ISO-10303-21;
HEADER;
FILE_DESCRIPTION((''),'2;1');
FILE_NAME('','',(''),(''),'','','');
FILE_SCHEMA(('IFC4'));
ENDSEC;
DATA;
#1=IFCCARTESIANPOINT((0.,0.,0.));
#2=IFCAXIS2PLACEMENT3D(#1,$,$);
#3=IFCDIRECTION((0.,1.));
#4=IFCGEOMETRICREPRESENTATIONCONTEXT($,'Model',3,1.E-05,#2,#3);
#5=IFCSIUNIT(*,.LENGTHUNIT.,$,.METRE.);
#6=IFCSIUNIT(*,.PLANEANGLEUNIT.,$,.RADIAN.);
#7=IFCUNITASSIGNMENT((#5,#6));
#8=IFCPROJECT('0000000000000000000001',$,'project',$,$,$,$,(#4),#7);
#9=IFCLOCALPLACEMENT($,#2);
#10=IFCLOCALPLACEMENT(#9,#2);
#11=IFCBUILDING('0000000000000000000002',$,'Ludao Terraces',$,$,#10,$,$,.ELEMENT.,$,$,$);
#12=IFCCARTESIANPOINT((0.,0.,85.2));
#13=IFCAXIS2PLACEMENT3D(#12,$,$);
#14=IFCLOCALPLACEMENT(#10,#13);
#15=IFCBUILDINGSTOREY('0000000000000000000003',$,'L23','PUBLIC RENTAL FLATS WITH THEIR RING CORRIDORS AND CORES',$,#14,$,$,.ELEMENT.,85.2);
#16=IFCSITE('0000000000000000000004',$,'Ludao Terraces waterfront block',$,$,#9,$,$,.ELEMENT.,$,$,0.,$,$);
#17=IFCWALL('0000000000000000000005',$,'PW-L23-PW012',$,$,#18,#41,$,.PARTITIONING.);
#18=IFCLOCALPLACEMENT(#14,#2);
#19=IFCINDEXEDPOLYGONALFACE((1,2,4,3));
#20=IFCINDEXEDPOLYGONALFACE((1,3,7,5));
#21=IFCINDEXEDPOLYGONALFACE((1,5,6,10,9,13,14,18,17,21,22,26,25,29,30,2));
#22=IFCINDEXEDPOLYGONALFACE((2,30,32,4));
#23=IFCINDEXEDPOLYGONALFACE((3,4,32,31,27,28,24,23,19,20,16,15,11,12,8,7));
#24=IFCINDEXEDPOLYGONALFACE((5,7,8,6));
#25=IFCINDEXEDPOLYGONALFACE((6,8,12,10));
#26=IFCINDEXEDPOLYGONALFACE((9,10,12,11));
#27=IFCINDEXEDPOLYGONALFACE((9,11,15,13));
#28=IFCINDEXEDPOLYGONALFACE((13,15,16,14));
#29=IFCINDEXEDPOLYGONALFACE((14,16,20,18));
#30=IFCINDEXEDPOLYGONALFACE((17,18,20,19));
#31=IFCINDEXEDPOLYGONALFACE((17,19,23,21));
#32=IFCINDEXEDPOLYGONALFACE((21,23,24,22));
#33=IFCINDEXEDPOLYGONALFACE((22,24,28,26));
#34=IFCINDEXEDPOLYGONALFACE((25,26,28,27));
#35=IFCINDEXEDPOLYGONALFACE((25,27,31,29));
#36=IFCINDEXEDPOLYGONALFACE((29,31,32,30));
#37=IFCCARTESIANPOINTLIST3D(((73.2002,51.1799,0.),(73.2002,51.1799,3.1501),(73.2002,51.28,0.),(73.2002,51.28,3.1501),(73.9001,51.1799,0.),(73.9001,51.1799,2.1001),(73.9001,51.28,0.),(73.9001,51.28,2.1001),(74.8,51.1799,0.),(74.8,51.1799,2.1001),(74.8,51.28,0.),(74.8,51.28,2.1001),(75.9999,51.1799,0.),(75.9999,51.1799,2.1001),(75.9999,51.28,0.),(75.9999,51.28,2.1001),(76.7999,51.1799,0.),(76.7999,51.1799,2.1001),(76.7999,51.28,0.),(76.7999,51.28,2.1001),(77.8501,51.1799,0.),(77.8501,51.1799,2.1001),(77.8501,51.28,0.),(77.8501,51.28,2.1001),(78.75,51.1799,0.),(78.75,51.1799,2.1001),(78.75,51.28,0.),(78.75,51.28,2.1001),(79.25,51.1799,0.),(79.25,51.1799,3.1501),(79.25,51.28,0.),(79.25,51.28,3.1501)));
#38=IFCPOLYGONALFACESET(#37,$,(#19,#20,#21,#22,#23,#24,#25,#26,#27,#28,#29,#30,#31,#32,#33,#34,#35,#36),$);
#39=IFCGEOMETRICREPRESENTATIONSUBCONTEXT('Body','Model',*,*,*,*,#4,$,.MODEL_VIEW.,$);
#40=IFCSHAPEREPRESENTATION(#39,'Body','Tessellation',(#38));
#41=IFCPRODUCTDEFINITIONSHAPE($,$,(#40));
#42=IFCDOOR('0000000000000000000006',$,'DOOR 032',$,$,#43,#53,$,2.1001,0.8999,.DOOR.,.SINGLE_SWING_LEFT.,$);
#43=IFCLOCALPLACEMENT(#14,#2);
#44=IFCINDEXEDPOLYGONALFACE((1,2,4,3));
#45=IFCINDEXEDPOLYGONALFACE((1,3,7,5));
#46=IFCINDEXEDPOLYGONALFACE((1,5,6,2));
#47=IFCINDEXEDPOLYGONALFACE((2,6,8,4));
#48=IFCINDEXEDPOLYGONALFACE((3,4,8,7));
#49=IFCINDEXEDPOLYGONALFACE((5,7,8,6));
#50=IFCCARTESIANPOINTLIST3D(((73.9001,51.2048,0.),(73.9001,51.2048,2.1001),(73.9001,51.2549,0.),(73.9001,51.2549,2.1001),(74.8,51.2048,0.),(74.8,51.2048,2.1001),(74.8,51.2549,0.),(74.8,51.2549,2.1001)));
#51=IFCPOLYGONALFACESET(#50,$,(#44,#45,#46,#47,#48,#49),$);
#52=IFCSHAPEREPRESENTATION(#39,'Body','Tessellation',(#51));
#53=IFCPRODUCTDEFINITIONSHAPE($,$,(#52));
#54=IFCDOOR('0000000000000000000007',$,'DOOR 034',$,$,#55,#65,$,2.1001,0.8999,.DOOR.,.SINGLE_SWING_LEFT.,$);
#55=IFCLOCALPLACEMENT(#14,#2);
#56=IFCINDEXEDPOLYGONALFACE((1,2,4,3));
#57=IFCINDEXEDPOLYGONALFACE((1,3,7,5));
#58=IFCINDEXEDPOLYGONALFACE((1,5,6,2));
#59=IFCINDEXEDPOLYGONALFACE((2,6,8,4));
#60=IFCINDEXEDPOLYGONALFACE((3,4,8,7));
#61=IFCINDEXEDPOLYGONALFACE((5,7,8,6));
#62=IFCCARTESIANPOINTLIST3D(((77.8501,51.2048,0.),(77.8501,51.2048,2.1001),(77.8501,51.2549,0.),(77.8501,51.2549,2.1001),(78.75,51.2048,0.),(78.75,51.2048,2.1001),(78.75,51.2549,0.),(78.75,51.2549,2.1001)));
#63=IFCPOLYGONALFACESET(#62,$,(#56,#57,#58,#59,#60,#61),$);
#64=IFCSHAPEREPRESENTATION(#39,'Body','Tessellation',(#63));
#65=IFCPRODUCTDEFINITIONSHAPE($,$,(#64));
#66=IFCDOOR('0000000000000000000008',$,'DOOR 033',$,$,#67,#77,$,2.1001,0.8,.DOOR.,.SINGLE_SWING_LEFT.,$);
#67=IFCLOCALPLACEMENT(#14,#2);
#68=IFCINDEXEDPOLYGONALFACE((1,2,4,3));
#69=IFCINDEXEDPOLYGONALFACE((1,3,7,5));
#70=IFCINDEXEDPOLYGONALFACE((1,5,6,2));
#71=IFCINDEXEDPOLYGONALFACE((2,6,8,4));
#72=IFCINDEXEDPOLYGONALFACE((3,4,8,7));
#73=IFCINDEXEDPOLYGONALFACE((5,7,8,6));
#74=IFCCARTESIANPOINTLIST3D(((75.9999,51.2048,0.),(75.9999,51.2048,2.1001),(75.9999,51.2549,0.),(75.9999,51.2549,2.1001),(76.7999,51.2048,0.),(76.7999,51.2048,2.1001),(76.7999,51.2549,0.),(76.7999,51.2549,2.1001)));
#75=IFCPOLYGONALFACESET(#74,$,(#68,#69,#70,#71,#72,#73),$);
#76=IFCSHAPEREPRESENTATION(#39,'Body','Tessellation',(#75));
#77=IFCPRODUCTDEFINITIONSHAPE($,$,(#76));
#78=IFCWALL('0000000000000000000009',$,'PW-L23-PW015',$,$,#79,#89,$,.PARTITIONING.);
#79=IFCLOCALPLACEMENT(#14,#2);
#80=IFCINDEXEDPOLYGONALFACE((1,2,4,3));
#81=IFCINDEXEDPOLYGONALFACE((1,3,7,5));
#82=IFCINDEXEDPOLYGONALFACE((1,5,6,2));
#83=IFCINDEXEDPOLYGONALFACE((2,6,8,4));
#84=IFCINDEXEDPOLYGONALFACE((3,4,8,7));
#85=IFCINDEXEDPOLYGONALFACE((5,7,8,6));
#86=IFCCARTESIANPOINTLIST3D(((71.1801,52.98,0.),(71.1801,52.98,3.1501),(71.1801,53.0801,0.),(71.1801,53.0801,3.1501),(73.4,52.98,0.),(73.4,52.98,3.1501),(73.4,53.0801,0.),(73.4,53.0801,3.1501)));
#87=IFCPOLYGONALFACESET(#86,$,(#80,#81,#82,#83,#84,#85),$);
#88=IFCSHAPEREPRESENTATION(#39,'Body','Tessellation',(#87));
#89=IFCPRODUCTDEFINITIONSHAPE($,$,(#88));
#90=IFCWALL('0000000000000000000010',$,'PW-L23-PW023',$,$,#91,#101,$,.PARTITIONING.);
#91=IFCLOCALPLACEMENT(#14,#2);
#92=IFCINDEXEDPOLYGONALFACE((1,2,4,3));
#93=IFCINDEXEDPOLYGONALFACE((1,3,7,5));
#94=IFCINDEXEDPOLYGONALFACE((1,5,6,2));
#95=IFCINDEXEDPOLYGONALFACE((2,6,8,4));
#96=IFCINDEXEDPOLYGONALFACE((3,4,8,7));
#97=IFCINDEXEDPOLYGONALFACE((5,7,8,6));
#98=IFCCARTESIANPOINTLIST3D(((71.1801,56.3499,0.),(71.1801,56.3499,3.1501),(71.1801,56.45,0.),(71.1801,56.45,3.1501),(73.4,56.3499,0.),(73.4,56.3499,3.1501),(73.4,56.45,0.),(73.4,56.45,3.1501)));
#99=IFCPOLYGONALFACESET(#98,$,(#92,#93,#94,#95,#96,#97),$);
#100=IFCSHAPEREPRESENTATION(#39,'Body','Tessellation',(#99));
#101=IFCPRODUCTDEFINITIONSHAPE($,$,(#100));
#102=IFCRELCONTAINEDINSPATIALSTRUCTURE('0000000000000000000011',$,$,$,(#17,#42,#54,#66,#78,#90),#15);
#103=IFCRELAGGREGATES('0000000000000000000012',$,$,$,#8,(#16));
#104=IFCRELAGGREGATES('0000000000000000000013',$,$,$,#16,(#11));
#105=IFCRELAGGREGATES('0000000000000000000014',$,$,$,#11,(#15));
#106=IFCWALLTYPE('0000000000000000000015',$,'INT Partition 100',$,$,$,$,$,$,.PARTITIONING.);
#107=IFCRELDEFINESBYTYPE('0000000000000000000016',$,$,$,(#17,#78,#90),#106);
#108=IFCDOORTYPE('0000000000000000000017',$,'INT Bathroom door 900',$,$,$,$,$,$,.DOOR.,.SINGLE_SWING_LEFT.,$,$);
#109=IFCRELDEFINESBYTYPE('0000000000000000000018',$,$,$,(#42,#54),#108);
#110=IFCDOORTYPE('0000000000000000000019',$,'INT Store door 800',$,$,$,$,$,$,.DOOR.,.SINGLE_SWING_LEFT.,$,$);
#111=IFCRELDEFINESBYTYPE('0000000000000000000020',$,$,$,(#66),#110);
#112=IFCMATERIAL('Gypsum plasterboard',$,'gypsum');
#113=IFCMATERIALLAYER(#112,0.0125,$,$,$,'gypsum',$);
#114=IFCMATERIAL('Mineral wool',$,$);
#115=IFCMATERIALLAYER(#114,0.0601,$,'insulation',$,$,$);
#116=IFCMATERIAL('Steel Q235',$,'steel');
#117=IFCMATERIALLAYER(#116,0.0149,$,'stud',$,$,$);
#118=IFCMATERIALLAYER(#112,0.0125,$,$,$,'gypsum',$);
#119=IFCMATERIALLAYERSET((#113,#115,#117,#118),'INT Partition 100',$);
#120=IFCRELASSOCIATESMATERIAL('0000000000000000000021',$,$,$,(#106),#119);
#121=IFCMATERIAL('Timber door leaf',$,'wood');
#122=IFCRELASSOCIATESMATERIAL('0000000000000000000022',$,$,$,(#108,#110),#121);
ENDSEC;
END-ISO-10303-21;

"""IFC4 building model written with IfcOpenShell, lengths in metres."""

from ifc_helpers import new_model, si_unit, direction, frame, frame_2d, origin, place, context, subcontext, project, spatial, rectangle, extrude, material, layer, layer_set, type_object, element, fill, save


model = new_model("IFC4")

# Units and contexts
model_context = context("Model", 3, precision=1e-05, world=origin(), true_north=direction((0.0, 1.0)))
body_context = subcontext(model_context, "Body", "Model", "MODEL_VIEW")
ifc_project = project(units=[si_unit("LENGTHUNIT", "METRE"), si_unit("PLANEANGLEUNIT", "RADIAN")], contexts=[model_context])

# Site, building, storey
site_placement = place(None, origin())
site = spatial("IfcSite", under=ifc_project, at=site_placement, Name="Ludao Terraces waterfront block", CompositionType="ELEMENT", RefElevation=0.0)
building_placement = place(site_placement, origin())
building = spatial("IfcBuilding", under=site, at=building_placement, Name="Ludao Terraces", CompositionType="ELEMENT")
storey_placement = place(building_placement, frame((0.0, 0.0, 85.2)))
storey = spatial("IfcBuildingStorey", under=building, at=storey_placement, Name="L23", Description="PUBLIC RENTAL FLATS WITH THEIR RING CORRIDORS AND CORES", CompositionType="ELEMENT", Elevation=85.2)

# Shared definitions
ifc_material_1 = material(Name="Steel Q235", Category="steel")

# Shared definitions
ifc_material_2 = material(Name="Gypsum plasterboard", Category="gypsum")
ifc_layer_1 = layer(ifc_material_2, 0.0125, Category="gypsum")
ifc_material_3 = material(Name="Mineral wool")
ifc_layer_2 = layer(ifc_material_3, 0.0601, Name="insulation")
ifc_layer_3 = layer(ifc_material_1, 0.0149, Name="stud")
ifc_layer_4 = layer(ifc_material_2, 0.0125, Category="gypsum")
ifc_layer_set_1 = layer_set([ifc_layer_1, ifc_layer_2, ifc_layer_3, ifc_layer_4], Name="INT Partition 100")
wall_type_1 = type_object("IfcWallType", Name="INT Partition 100", PredefinedType="PARTITIONING", material=ifc_layer_set_1)

# Wall, openings, doors
wall_1_placement = place(storey_placement, frame((73.2002, 51.23, 0.0), z_axis=(0.0, 0.0, 1.0), x_axis=(1.0, 0.0, 0.0)))
wall_1 = element("IfcWall", 1, at=wall_1_placement, inside=storey, type_object=wall_type_1, Name="PW-L23-PW012", PredefinedType="PARTITIONING", context=body_context, shape_type="SweptSolid", body=[
    extrude(rectangle(XDim=6.0498, YDim=0.1001, at=frame_2d((3.0249, 0.0))), origin(), (0.0, 0.0, 1.0), 3.1501),
])
opening_1_placement = place(wall_1_placement, frame((0.7, 0.0, 0.0)))
opening_1 = element("IfcOpeningElement", 2, at=opening_1_placement, cuts=wall_1, PredefinedType="OPENING", context=body_context, shape_type="SweptSolid", body=[
    extrude(rectangle(XDim=0.8999, YDim=2.1001, at=frame_2d((0.45, 1.05))), frame((0.0, 0.0601, 0.0), z_axis=(0.0, -1.0, 0.0), x_axis=(1.0, 0.0, 0.0)), (0.0, 0.0, 1.0), 0.1201),
])
opening_2_placement = place(wall_1_placement, frame((2.7998, 0.0, 0.0)))
opening_2 = element("IfcOpeningElement", 3, at=opening_2_placement, cuts=wall_1, PredefinedType="OPENING", context=body_context, shape_type="SweptSolid", body=[
    extrude(rectangle(XDim=0.8, YDim=2.1001, at=frame_2d((0.3999, 1.05))), frame((0.0, 0.0601, 0.0), z_axis=(0.0, -1.0, 0.0), x_axis=(1.0, 0.0, 0.0)), (0.0, 0.0, 1.0), 0.1201),
])
opening_3_placement = place(wall_1_placement, frame((4.6499, 0.0, 0.0)))
opening_3 = element("IfcOpeningElement", 4, at=opening_3_placement, cuts=wall_1, PredefinedType="OPENING", context=body_context, shape_type="SweptSolid", body=[
    extrude(rectangle(XDim=0.8999, YDim=2.1001, at=frame_2d((0.45, 1.05))), frame((0.0, 0.0601, 0.0), z_axis=(0.0, -1.0, 0.0), x_axis=(1.0, 0.0, 0.0)), (0.0, 0.0, 1.0), 0.1201),
])
ifc_material_4 = material(Name="Timber door leaf", Category="wood")
door_type_1 = type_object("IfcDoorType", Name="INT Bathroom door 900", OperationType="SINGLE_SWING_LEFT", PredefinedType="DOOR", material=ifc_material_4)
door_1_placement = place(opening_1_placement, origin())
door_1 = element("IfcDoor", 5, at=door_1_placement, inside=storey, type_object=door_type_1, Name="DOOR 032", OperationType="SINGLE_SWING_LEFT", OverallHeight=2.1001, OverallWidth=0.8999, PredefinedType="DOOR", context=body_context, shape_type="SweptSolid", body=[
    extrude(rectangle(XDim=0.8999, YDim=2.1001, at=frame_2d((0.45, 1.05))), frame((0.0, 0.0249, 0.0), z_axis=(0.0, -1.0, 0.0), x_axis=(1.0, 0.0, 0.0)), (0.0, 0.0, 1.0), 0.05),
])
fill(opening_1, door_1)
door_2_placement = place(opening_3_placement, origin())
door_2 = element("IfcDoor", 6, at=door_2_placement, inside=storey, type_object=door_type_1, Name="DOOR 034", OperationType="SINGLE_SWING_LEFT", OverallHeight=2.1001, OverallWidth=0.8999, PredefinedType="DOOR", context=body_context, shape_type="SweptSolid", body=[
    extrude(rectangle(XDim=0.8999, YDim=2.1001, at=frame_2d((0.45, 1.05))), frame((0.0, 0.0249, 0.0), z_axis=(0.0, -1.0, 0.0), x_axis=(1.0, 0.0, 0.0)), (0.0, 0.0, 1.0), 0.05),
])
fill(opening_3, door_2)
door_type_2 = type_object("IfcDoorType", Name="INT Store door 800", OperationType="SINGLE_SWING_LEFT", PredefinedType="DOOR", material=ifc_material_4)
door_3_placement = place(opening_2_placement, origin())
door_3 = element("IfcDoor", 7, at=door_3_placement, inside=storey, type_object=door_type_2, Name="DOOR 033", OperationType="SINGLE_SWING_LEFT", OverallHeight=2.1001, OverallWidth=0.8, PredefinedType="DOOR", context=body_context, shape_type="SweptSolid", body=[
    extrude(rectangle(XDim=0.8, YDim=2.1001, at=frame_2d((0.3999, 1.05))), frame((0.0, 0.0249, 0.0), z_axis=(0.0, -1.0, 0.0), x_axis=(1.0, 0.0, 0.0)), (0.0, 0.0, 1.0), 0.05),
])
fill(opening_2, door_3)

# Walls
for number, where, z_axis, x_axis, name in (
    (8, (71.1802, 53.03, 0.0), (0.0, 0.0, 1.0), (1.0, 0.0, 0.0), "PW-L23-PW015"),
    (9, (71.1802, 56.3999, 0.0), (0.0, 0.0, 1.0), (1.0, 0.0, 0.0), "PW-L23-PW023"),
):
    element("IfcWall", number, at=place(storey_placement, frame(where, z_axis=z_axis, x_axis=x_axis)), inside=storey, type_object=wall_type_1, Name=name, PredefinedType="PARTITIONING", context=body_context, shape_type="SweptSolid", body=[
        extrude(rectangle(XDim=2.22, YDim=0.1001, at=frame_2d((1.1099, 0.0))), origin(), (0.0, 0.0, 1.0), 3.1501),
    ])

save(model, "model.ifc")
